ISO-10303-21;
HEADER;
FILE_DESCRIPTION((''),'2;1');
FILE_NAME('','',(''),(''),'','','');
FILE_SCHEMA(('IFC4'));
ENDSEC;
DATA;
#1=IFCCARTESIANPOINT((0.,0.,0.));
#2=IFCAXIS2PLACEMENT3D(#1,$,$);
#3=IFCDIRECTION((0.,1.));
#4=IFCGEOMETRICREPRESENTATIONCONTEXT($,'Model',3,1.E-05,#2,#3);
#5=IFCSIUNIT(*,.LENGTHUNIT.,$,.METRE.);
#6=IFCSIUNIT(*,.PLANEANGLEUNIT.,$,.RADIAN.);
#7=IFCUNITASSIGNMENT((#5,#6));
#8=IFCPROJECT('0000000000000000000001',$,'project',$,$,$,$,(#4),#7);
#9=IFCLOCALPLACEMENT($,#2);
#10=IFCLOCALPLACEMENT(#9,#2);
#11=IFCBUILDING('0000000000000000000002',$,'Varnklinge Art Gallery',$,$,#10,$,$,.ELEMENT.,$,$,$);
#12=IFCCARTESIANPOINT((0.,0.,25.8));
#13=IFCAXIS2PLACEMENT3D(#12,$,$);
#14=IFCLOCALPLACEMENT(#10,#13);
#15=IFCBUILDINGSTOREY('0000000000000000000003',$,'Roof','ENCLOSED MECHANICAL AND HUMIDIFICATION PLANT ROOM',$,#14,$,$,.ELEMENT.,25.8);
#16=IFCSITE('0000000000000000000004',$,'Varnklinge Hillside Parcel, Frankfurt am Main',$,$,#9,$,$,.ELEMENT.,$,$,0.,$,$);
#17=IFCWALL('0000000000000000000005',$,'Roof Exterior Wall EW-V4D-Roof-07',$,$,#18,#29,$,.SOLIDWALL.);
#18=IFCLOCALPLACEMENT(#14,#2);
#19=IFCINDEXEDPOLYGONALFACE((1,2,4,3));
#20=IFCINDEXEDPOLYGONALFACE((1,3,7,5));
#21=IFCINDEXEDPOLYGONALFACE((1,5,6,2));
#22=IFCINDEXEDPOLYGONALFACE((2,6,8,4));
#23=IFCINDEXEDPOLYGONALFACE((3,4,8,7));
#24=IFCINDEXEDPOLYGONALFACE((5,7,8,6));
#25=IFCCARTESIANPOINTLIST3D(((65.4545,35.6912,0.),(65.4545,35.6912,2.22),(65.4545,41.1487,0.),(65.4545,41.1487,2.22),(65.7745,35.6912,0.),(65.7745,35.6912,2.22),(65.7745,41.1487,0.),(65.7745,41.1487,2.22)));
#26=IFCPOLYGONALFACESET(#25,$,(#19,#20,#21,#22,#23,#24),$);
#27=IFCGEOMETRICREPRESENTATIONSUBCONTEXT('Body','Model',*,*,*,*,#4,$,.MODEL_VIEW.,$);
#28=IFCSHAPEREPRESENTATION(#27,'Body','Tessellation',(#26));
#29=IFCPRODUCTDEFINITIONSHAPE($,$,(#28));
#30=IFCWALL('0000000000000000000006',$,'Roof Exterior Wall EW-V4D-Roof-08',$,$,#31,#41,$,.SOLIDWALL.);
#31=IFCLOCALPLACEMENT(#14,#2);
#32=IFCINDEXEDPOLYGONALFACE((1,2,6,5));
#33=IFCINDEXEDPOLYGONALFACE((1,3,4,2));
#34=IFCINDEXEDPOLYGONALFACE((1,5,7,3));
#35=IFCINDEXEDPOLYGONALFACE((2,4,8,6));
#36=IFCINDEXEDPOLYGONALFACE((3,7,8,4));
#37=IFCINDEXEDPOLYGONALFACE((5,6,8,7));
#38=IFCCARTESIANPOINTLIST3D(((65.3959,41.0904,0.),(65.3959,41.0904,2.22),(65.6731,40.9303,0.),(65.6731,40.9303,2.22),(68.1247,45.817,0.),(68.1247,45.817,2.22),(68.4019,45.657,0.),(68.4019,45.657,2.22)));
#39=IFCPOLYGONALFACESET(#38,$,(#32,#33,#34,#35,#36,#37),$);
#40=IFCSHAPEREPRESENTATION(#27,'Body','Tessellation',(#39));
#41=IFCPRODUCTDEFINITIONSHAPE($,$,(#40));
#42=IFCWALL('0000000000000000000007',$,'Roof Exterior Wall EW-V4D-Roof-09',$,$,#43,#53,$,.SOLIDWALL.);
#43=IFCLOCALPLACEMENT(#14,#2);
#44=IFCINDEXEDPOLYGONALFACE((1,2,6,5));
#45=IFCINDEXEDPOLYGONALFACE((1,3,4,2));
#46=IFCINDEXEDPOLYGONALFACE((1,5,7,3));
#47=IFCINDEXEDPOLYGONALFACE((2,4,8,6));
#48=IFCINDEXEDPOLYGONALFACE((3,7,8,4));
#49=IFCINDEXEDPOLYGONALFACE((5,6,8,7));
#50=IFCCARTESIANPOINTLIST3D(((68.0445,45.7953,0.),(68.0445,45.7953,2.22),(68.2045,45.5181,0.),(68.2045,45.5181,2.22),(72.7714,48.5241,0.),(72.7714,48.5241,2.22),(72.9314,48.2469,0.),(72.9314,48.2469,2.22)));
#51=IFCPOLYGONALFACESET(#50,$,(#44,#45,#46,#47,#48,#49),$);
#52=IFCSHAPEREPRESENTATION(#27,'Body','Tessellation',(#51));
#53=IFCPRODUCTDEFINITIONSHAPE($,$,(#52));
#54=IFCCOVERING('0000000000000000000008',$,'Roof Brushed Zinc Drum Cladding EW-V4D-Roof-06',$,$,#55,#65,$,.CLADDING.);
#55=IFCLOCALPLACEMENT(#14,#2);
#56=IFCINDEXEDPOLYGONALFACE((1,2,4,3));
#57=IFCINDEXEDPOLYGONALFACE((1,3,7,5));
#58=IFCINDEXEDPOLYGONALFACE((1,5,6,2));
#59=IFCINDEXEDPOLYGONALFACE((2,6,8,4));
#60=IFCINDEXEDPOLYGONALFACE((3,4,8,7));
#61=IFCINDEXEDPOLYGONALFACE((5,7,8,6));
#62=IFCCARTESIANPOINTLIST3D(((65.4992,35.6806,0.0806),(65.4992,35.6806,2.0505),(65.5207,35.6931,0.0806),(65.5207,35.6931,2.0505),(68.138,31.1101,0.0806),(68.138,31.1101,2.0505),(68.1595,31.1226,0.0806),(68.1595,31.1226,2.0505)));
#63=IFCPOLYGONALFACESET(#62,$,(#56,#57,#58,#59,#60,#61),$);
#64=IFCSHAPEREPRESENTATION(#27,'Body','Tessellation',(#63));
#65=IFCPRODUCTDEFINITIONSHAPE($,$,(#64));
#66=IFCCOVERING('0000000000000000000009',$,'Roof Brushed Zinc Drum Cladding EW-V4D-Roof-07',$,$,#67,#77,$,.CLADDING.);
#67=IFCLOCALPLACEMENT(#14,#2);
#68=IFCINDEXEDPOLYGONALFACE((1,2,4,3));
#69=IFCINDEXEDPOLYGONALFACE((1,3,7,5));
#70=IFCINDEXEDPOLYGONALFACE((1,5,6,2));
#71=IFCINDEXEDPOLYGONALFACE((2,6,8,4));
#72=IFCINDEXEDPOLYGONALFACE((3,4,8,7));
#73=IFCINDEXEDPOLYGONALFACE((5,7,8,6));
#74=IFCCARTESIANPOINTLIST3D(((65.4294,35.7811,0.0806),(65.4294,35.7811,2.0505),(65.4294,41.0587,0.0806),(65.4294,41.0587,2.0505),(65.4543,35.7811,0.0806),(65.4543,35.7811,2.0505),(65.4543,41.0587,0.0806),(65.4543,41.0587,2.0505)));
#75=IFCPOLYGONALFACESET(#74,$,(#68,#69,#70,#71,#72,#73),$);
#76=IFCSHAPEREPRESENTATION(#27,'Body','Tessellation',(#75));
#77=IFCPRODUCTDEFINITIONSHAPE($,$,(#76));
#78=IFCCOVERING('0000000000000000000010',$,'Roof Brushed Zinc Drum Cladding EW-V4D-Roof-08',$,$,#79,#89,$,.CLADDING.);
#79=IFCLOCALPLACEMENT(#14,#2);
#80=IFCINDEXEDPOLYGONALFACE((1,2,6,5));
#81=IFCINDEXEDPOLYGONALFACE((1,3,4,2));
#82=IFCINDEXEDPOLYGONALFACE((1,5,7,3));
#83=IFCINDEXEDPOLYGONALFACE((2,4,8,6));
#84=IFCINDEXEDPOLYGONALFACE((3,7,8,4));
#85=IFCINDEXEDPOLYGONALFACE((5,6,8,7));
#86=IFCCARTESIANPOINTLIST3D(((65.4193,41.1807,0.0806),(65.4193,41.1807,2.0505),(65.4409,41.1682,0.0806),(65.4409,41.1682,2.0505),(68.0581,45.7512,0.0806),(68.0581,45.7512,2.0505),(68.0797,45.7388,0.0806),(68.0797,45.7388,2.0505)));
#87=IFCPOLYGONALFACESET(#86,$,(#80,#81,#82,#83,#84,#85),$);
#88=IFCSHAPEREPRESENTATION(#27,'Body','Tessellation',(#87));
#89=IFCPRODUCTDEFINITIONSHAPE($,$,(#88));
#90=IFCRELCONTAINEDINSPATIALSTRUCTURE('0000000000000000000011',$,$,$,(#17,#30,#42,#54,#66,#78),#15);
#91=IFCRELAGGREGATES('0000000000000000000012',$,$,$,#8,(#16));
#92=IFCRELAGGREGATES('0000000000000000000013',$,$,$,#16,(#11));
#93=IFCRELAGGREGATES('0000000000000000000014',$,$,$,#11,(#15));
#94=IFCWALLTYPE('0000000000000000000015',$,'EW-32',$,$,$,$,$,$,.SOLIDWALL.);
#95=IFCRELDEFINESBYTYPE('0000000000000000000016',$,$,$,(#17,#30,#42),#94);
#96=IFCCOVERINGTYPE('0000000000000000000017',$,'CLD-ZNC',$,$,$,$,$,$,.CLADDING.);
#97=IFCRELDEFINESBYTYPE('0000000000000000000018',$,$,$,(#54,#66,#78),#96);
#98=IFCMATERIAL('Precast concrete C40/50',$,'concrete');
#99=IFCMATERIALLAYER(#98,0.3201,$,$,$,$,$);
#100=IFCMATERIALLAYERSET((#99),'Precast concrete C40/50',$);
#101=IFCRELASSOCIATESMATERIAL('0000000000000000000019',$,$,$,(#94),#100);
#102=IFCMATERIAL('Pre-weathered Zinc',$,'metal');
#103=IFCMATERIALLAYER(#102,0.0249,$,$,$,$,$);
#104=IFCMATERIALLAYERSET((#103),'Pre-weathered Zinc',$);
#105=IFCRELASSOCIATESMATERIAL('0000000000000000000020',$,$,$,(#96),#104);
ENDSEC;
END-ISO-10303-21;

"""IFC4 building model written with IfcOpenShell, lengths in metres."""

from ifc_helpers import new_model, si_unit, direction, frame, frame_2d, origin, origin_2d, place, context, subcontext, project, spatial, rectangle, extrude, material, layer, layer_set, type_object, element, save


model = new_model("IFC4")

# Units and contexts
model_context = context("Model", 3, precision=1e-05, world=origin(), true_north=direction((0.0, 1.0)))
body_context = subcontext(model_context, "Body", "Model", "MODEL_VIEW")
ifc_project = project(units=[si_unit("LENGTHUNIT", "METRE"), si_unit("PLANEANGLEUNIT", "RADIAN")], contexts=[model_context])

# Site, building, storey
site_placement = place(None, origin())
site = spatial("IfcSite", under=ifc_project, at=site_placement, Name="Varnklinge Hillside Parcel, Frankfurt am Main", CompositionType="ELEMENT", RefElevation=0.0)
building_placement = place(site_placement, origin())
building = spatial("IfcBuilding", under=site, at=building_placement, Name="Varnklinge Art Gallery", CompositionType="ELEMENT")
storey_placement = place(building_placement, frame((0.0, 0.0, 25.8)))
storey = spatial("IfcBuildingStorey", under=building, at=storey_placement, Name="Roof", Description="ENCLOSED MECHANICAL AND HUMIDIFICATION PLANT ROOM", CompositionType="ELEMENT", Elevation=25.8)

# Walls
ifc_material_1 = material(Name="Precast concrete C40/50", Category="concrete")
ifc_layer_1 = layer(ifc_material_1, 0.3201)
ifc_layer_set_1 = layer_set([ifc_layer_1], Name="Precast concrete C40/50")
wall_type_1 = type_object("IfcWallType", Name="EW-32", PredefinedType="SOLIDWALL", material=ifc_layer_set_1)
wall_1_placement = place(storey_placement, frame((65.6145, 35.6912, 0.0), z_axis=(0.0, 0.0, 1.0), x_axis=(0.0, 1.0, 0.0)))
element("IfcWall", 1, at=wall_1_placement, inside=storey, type_object=wall_type_1, Name="Roof Exterior Wall EW-V4D-Roof-07", PredefinedType="SOLIDWALL", context=body_context, shape_type="SweptSolid", body=[
    extrude(rectangle(XDim=5.4575, YDim=0.3201, at=frame_2d((2.7288, 0.0))), origin(), (0.0, 0.0, 1.0), 2.22),
])
wall_2_placement = place(storey_placement, frame((65.5344, 41.0103, 0.0), z_axis=(0.0, 0.0, 1.0), x_axis=(0.499983, 0.866035, 0.0)))
element("IfcWall", 2, at=wall_2_placement, inside=storey, type_object=wall_type_1, Name="Roof Exterior Wall EW-V4D-Roof-08", PredefinedType="SOLIDWALL", context=body_context, shape_type="SweptSolid", body=[
    extrude(rectangle(XDim=5.4578, YDim=0.3201, at=frame_2d((2.729, 0.0))), origin(), (0.0, 0.0, 1.0), 2.22),
])
wall_3_placement = place(storey_placement, frame((68.1245, 45.6567, 0.0), z_axis=(0.0, 0.0, 1.0), x_axis=(0.866046, 0.499964, 0.0)))
element("IfcWall", 3, at=wall_3_placement, inside=storey, type_object=wall_type_1, Name="Roof Exterior Wall EW-V4D-Roof-09", PredefinedType="SOLIDWALL", context=body_context, shape_type="SweptSolid", body=[
    extrude(rectangle(XDim=5.458, YDim=0.3201, at=frame_2d((2.729, 0.0))), origin(), (0.0, 0.0, 1.0), 2.22),
])

# Coverings
ifc_material_2 = material(Name="Pre-weathered Zinc", Category="metal")
ifc_layer_2 = layer(ifc_material_2, 0.0249)
ifc_layer_set_2 = layer_set([ifc_layer_2], Name="Pre-weathered Zinc")
covering_type = type_object("IfcCoveringType", Name="CLD-ZNC", PredefinedType="CLADDING", material=ifc_layer_set_2)
for number, where, z_axis, x_axis, name in (
    (4, (66.8293, 33.4016, 0.0806), (0.0, 0.0, 1.0), (-0.5, 0.866025, 0.0), "Roof Brushed Zinc Drum Cladding EW-V4D-Roof-06"),
    (5, (65.4419, 38.4199, 0.0806), (0.0, 0.0, 1.0), (0.0, 1.0, 0.0), "Roof Brushed Zinc Drum Cladding EW-V4D-Roof-07"),
    (6, (66.7495, 43.4597, 0.0806), (0.0, 0.0, 1.0), (0.5, 0.866025, 0.0), "Roof Brushed Zinc Drum Cladding EW-V4D-Roof-08"),
):
    element("IfcCovering", number, at=place(storey_placement, frame(where, z_axis=z_axis, x_axis=x_axis)), inside=storey, type_object=covering_type, Name=name, PredefinedType="CLADDING", context=body_context, shape_type="SweptSolid", body=[
        extrude(rectangle(XDim=5.2776, YDim=0.0249, at=origin_2d()), origin(), (0.0, 0.0, 1.0), 1.97),
    ])

save(model, "model.ifc")
